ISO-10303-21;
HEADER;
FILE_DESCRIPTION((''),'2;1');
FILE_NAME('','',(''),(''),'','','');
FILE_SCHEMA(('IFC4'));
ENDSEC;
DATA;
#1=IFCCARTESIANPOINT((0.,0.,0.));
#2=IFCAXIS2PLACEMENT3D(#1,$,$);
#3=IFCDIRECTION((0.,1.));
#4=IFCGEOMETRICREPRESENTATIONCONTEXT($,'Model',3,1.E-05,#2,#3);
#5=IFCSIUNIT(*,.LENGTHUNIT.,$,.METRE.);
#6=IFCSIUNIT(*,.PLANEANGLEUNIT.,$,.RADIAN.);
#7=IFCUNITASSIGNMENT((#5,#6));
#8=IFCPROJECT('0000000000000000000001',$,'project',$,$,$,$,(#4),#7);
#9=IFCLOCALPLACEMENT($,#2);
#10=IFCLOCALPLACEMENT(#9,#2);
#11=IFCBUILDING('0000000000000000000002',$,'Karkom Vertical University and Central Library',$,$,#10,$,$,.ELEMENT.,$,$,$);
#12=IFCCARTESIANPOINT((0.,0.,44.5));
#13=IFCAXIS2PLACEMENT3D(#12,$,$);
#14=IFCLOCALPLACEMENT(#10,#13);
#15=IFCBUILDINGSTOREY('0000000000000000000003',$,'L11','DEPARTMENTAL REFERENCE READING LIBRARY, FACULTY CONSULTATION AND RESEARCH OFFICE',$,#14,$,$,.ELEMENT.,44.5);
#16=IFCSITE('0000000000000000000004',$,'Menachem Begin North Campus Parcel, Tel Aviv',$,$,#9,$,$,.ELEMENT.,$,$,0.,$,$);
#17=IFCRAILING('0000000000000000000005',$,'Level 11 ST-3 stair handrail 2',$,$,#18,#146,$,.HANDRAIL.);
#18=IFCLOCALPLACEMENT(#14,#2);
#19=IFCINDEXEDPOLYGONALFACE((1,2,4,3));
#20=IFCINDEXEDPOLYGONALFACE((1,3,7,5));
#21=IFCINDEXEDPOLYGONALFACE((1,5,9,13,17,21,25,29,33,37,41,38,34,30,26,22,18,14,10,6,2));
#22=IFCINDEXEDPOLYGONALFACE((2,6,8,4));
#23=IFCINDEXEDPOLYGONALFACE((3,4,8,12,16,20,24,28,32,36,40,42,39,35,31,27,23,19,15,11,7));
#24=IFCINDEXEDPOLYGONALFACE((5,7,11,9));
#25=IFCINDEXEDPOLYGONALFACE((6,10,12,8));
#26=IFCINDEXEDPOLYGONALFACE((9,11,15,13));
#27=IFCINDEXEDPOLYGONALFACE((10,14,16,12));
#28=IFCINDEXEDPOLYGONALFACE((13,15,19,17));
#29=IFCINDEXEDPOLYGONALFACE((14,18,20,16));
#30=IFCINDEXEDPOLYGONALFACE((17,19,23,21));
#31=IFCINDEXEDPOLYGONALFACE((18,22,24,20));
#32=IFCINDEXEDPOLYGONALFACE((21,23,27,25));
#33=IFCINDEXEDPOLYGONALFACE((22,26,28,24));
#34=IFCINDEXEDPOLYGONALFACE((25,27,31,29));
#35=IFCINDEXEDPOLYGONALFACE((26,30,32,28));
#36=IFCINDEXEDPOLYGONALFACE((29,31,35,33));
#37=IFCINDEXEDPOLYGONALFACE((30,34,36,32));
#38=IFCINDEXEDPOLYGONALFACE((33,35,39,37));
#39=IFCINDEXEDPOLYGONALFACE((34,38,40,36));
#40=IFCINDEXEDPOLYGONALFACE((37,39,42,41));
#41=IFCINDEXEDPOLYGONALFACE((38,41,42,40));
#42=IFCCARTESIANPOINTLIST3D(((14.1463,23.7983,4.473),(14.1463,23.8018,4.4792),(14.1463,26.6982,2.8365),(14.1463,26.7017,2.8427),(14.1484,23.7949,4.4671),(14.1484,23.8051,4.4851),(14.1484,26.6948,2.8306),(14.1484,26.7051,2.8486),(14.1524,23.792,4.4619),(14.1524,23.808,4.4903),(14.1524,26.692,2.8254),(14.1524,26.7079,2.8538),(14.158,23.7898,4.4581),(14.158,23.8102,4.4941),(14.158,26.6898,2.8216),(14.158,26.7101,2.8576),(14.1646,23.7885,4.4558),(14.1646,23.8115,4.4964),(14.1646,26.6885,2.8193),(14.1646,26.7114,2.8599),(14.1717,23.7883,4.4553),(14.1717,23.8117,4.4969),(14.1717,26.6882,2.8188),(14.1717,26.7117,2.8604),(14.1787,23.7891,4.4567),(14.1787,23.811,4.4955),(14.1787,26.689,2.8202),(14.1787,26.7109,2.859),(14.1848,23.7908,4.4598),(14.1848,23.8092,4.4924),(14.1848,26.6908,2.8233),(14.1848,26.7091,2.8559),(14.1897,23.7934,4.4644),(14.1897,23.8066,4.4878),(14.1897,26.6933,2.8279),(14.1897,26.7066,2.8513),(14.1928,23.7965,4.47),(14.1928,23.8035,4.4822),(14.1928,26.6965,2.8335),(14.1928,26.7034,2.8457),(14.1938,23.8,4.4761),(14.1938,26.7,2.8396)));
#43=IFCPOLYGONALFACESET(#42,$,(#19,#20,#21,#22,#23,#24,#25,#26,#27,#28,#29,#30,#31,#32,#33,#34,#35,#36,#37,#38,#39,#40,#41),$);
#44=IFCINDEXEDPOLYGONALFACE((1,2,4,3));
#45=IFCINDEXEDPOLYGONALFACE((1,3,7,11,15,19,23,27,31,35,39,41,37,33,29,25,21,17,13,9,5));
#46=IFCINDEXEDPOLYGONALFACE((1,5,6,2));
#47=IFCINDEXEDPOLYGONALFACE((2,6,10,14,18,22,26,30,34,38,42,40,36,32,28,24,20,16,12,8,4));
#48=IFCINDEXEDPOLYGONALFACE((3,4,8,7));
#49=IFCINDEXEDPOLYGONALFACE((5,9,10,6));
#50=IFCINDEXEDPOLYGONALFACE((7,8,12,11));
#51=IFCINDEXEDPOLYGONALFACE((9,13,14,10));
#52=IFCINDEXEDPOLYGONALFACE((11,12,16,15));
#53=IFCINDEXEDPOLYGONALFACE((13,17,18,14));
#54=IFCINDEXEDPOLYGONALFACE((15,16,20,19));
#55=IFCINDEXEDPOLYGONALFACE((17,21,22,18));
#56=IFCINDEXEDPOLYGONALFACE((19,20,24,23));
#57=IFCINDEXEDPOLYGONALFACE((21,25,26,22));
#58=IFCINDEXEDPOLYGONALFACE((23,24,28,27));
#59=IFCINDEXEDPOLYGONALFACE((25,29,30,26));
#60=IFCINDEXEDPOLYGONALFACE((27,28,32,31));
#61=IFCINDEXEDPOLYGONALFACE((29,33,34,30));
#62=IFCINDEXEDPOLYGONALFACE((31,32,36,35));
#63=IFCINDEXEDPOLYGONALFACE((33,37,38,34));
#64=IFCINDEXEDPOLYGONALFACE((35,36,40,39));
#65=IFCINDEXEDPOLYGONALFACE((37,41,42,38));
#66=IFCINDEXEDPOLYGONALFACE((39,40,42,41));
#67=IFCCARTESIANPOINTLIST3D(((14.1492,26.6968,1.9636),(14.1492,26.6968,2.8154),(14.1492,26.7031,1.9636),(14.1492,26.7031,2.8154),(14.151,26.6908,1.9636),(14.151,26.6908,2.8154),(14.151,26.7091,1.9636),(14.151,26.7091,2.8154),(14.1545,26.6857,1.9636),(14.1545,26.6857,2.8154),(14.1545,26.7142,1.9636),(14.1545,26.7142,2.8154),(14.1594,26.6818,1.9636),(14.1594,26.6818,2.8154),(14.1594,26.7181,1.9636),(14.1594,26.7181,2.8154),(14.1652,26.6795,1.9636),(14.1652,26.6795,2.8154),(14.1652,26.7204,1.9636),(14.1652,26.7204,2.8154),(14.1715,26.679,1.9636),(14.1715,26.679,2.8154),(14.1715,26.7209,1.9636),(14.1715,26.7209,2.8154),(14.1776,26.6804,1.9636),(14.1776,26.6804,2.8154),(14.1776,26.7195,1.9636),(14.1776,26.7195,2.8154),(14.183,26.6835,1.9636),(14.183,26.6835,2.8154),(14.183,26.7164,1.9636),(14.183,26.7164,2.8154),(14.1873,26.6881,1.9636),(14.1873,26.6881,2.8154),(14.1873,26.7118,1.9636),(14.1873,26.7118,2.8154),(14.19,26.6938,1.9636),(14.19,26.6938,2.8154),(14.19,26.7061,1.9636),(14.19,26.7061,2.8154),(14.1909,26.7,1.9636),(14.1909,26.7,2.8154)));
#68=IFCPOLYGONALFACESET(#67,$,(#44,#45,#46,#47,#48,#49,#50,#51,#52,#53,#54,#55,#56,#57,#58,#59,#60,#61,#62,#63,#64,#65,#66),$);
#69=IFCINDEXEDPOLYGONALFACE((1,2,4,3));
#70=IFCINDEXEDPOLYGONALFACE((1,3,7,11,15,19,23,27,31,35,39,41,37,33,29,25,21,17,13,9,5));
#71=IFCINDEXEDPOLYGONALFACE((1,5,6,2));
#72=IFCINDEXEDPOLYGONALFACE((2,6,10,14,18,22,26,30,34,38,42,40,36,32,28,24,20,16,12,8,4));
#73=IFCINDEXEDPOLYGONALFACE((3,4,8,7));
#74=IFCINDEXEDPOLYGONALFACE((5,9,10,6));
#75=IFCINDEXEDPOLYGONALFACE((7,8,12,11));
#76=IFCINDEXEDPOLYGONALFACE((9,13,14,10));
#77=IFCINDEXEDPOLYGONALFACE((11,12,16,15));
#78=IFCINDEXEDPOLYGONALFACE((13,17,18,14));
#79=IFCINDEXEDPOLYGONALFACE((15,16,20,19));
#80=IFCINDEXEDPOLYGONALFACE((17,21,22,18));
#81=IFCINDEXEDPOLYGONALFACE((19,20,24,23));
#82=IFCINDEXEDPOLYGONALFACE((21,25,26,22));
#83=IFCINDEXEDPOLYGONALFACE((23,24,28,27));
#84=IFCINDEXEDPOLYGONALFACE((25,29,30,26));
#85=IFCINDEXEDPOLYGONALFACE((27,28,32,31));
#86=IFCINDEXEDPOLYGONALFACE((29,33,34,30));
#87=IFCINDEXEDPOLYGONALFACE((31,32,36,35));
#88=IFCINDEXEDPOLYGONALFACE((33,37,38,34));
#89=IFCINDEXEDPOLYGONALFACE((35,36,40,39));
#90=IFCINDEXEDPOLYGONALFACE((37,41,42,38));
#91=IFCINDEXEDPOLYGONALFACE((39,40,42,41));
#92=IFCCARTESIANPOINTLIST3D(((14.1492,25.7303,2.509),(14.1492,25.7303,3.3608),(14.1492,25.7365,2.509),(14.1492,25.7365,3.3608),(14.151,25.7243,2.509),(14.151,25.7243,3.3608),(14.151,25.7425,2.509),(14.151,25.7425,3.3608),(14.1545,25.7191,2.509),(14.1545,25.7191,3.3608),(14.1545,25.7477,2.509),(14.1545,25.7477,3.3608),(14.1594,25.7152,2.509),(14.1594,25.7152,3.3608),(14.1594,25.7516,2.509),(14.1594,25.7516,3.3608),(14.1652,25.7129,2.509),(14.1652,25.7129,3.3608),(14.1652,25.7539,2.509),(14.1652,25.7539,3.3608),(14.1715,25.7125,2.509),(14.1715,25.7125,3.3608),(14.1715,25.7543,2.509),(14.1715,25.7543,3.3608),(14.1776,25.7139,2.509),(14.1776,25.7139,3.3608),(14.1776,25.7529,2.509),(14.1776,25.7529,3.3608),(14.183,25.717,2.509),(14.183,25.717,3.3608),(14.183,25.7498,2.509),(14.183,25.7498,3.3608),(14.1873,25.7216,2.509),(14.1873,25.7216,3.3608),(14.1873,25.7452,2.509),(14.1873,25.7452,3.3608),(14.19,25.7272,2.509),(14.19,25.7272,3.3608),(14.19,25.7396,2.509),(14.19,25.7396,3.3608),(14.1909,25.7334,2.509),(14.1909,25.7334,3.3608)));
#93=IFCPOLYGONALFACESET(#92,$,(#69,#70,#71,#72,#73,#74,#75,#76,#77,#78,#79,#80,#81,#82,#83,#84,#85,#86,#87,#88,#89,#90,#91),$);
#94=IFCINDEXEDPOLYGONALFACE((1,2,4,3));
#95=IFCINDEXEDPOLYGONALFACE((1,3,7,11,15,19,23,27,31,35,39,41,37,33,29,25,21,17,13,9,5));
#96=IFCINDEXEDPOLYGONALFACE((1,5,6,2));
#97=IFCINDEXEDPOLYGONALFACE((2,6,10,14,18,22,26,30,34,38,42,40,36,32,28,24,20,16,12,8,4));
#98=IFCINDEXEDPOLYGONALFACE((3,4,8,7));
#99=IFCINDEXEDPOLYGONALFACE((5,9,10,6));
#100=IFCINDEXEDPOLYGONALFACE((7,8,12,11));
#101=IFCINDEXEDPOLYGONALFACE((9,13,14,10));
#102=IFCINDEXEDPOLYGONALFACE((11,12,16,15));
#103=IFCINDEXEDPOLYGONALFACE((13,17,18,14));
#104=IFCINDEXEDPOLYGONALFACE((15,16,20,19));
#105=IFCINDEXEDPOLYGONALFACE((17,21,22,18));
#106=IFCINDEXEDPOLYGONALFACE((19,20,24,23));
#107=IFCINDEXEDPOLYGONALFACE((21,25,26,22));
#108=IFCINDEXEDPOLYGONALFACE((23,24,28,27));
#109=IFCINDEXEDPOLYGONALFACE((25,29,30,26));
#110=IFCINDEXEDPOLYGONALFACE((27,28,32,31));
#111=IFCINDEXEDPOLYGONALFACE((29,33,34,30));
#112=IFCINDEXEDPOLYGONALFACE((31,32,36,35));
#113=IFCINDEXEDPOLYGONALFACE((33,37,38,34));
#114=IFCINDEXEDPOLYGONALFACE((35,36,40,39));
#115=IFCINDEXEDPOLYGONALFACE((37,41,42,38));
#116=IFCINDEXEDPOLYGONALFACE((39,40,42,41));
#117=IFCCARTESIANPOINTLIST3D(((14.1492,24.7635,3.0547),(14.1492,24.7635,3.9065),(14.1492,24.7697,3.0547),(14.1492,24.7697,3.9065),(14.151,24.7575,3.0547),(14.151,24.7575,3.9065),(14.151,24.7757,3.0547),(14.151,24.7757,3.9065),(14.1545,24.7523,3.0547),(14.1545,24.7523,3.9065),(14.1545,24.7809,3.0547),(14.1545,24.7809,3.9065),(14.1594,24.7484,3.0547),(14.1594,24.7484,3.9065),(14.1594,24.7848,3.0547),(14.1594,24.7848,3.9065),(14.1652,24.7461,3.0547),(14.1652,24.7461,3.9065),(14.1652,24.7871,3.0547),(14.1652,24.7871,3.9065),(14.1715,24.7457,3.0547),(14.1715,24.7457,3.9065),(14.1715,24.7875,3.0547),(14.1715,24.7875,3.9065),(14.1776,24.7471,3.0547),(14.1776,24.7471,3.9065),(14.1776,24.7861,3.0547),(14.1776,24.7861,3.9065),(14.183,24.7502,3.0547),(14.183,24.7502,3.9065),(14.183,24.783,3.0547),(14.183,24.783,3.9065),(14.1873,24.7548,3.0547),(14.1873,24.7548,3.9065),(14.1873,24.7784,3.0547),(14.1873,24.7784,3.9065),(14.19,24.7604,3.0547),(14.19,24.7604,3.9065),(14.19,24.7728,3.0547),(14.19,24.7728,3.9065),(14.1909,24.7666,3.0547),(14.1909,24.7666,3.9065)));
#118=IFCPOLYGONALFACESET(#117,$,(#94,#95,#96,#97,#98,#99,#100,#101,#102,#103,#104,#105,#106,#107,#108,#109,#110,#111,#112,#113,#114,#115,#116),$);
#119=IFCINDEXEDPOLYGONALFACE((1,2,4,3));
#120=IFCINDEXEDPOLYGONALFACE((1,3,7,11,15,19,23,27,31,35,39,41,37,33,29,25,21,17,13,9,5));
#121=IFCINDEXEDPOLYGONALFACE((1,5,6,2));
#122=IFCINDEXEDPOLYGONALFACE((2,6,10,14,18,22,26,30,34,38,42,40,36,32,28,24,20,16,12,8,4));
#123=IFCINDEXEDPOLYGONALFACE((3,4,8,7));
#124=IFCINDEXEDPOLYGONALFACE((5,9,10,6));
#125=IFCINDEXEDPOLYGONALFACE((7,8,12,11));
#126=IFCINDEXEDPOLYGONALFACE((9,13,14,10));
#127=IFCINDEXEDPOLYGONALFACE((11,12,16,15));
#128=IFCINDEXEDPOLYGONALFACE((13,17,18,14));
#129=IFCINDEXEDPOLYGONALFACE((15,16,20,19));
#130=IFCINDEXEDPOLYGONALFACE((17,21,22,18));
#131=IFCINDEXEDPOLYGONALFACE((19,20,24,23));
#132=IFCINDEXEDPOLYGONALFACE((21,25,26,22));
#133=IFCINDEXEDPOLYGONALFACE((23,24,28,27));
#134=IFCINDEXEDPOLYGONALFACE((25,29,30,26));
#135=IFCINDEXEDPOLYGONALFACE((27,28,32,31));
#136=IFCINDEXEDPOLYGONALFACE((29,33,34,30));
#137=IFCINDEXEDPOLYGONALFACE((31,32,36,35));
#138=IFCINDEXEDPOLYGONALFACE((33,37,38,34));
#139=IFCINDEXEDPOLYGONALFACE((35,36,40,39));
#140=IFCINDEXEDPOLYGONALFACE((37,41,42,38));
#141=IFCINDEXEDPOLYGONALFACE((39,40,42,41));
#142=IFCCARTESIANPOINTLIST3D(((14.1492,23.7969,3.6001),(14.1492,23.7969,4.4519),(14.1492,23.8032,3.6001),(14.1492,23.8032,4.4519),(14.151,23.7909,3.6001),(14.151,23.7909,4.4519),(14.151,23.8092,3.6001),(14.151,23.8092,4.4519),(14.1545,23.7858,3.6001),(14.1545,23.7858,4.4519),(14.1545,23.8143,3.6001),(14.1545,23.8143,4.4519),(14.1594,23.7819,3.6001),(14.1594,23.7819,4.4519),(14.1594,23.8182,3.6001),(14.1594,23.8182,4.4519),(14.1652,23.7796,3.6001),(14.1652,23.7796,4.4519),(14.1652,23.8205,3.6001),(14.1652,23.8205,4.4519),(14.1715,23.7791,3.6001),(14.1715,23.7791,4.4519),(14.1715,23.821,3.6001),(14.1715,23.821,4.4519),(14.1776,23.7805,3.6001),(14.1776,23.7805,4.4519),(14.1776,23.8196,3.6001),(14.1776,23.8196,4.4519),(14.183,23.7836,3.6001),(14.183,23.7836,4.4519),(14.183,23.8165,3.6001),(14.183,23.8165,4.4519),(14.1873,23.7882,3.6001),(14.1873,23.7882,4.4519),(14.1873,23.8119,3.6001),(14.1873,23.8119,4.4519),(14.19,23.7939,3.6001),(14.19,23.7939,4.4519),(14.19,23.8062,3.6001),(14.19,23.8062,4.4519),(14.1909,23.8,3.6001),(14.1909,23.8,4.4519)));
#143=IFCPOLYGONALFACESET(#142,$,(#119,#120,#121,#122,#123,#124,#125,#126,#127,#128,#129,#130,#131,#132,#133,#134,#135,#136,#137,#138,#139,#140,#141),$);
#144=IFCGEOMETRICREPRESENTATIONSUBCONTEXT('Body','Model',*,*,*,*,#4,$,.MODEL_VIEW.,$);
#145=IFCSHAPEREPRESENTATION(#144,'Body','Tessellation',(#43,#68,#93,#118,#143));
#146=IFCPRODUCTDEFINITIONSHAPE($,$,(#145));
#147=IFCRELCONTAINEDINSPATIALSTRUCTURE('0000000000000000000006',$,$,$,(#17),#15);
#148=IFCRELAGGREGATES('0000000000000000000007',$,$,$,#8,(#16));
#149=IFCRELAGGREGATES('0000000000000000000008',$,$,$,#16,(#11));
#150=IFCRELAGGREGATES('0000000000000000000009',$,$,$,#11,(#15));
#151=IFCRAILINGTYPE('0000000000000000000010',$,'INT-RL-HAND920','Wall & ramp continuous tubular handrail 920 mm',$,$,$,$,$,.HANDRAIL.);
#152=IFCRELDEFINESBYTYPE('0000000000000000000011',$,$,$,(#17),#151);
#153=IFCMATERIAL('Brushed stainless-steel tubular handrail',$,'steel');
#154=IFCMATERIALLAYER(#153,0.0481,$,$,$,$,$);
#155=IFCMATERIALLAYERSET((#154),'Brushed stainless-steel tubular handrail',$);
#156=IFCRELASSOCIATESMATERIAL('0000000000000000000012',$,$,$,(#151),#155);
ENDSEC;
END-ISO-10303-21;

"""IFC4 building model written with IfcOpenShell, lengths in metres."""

from ifc_helpers import new_model, si_unit, direction, frame, origin, origin_2d, place, context, subcontext, project, spatial, circle, extrude, material, layer, layer_set, type_object, element, save


model = new_model("IFC4")

# Units and contexts
model_context = context("Model", 3, precision=1e-05, world=origin(), true_north=direction((0.0, 1.0)))
body_context = subcontext(model_context, "Body", "Model", "MODEL_VIEW")
ifc_project = project(units=[si_unit("LENGTHUNIT", "METRE"), si_unit("PLANEANGLEUNIT", "RADIAN")], contexts=[model_context])

# Site, building, storey
site_placement = place(None, origin())
site = spatial("IfcSite", under=ifc_project, at=site_placement, Name="Menachem Begin North Campus Parcel, Tel Aviv", CompositionType="ELEMENT", RefElevation=0.0)
building_placement = place(site_placement, origin())
building = spatial("IfcBuilding", under=site, at=building_placement, Name="Karkom Vertical University and Central Library", CompositionType="ELEMENT")
storey_placement = place(building_placement, frame((0.0, 0.0, 44.5)))
storey = spatial("IfcBuildingStorey", under=building, at=storey_placement, Name="L11", Description="DEPARTMENTAL REFERENCE READING LIBRARY, FACULTY CONSULTATION AND RESEARCH OFFICE", CompositionType="ELEMENT", Elevation=44.5)

# Railing
ifc_material_1 = material(Name="Brushed stainless-steel tubular handrail", Category="steel")
ifc_layer_1 = layer(ifc_material_1, 0.0481)
ifc_layer_set_1 = layer_set([ifc_layer_1], Name="Brushed stainless-steel tubular handrail")
railing_type_1 = type_object("IfcRailingType", Name="INT-RL-HAND920", Description="Wall & ramp continuous tubular handrail 920 mm", PredefinedType="HANDRAIL", material=ifc_layer_set_1)
railing_1_placement = place(storey_placement, frame((14.1699, 26.7, 1.9636)))
element("IfcRailing", 1, at=railing_1_placement, inside=storey, type_object=railing_type_1, Name="Level 11 ST-3 stair handrail 2", PredefinedType="HANDRAIL", context=body_context, shape_type="SweptSolid", body=[
    extrude(circle(Radius=0.0239, at=origin_2d()), frame((0.0, 0.0, 0.876), z_axis=(0.0, -0.870897, 0.491465), x_axis=(1.0, 0.0, 0.0)), (0.0, 0.0, 1.0), 3.3298),
    extrude(circle(Radius=0.021, at=origin_2d()), origin(), (0.0, 0.0, 1.0), 0.8518),
    extrude(circle(Radius=0.021, at=origin_2d()), frame((0.0, -0.9666, 0.5454)), (0.0, 0.0, 1.0), 0.8518),
    extrude(circle(Radius=0.021, at=origin_2d()), frame((0.0, -1.9333, 1.0911)), (0.0, 0.0, 1.0), 0.8518),
    extrude(circle(Radius=0.021, at=origin_2d()), frame((0.0, -2.8999, 1.6365)), (0.0, 0.0, 1.0), 0.8518),
])

save(model, "model.ifc")
